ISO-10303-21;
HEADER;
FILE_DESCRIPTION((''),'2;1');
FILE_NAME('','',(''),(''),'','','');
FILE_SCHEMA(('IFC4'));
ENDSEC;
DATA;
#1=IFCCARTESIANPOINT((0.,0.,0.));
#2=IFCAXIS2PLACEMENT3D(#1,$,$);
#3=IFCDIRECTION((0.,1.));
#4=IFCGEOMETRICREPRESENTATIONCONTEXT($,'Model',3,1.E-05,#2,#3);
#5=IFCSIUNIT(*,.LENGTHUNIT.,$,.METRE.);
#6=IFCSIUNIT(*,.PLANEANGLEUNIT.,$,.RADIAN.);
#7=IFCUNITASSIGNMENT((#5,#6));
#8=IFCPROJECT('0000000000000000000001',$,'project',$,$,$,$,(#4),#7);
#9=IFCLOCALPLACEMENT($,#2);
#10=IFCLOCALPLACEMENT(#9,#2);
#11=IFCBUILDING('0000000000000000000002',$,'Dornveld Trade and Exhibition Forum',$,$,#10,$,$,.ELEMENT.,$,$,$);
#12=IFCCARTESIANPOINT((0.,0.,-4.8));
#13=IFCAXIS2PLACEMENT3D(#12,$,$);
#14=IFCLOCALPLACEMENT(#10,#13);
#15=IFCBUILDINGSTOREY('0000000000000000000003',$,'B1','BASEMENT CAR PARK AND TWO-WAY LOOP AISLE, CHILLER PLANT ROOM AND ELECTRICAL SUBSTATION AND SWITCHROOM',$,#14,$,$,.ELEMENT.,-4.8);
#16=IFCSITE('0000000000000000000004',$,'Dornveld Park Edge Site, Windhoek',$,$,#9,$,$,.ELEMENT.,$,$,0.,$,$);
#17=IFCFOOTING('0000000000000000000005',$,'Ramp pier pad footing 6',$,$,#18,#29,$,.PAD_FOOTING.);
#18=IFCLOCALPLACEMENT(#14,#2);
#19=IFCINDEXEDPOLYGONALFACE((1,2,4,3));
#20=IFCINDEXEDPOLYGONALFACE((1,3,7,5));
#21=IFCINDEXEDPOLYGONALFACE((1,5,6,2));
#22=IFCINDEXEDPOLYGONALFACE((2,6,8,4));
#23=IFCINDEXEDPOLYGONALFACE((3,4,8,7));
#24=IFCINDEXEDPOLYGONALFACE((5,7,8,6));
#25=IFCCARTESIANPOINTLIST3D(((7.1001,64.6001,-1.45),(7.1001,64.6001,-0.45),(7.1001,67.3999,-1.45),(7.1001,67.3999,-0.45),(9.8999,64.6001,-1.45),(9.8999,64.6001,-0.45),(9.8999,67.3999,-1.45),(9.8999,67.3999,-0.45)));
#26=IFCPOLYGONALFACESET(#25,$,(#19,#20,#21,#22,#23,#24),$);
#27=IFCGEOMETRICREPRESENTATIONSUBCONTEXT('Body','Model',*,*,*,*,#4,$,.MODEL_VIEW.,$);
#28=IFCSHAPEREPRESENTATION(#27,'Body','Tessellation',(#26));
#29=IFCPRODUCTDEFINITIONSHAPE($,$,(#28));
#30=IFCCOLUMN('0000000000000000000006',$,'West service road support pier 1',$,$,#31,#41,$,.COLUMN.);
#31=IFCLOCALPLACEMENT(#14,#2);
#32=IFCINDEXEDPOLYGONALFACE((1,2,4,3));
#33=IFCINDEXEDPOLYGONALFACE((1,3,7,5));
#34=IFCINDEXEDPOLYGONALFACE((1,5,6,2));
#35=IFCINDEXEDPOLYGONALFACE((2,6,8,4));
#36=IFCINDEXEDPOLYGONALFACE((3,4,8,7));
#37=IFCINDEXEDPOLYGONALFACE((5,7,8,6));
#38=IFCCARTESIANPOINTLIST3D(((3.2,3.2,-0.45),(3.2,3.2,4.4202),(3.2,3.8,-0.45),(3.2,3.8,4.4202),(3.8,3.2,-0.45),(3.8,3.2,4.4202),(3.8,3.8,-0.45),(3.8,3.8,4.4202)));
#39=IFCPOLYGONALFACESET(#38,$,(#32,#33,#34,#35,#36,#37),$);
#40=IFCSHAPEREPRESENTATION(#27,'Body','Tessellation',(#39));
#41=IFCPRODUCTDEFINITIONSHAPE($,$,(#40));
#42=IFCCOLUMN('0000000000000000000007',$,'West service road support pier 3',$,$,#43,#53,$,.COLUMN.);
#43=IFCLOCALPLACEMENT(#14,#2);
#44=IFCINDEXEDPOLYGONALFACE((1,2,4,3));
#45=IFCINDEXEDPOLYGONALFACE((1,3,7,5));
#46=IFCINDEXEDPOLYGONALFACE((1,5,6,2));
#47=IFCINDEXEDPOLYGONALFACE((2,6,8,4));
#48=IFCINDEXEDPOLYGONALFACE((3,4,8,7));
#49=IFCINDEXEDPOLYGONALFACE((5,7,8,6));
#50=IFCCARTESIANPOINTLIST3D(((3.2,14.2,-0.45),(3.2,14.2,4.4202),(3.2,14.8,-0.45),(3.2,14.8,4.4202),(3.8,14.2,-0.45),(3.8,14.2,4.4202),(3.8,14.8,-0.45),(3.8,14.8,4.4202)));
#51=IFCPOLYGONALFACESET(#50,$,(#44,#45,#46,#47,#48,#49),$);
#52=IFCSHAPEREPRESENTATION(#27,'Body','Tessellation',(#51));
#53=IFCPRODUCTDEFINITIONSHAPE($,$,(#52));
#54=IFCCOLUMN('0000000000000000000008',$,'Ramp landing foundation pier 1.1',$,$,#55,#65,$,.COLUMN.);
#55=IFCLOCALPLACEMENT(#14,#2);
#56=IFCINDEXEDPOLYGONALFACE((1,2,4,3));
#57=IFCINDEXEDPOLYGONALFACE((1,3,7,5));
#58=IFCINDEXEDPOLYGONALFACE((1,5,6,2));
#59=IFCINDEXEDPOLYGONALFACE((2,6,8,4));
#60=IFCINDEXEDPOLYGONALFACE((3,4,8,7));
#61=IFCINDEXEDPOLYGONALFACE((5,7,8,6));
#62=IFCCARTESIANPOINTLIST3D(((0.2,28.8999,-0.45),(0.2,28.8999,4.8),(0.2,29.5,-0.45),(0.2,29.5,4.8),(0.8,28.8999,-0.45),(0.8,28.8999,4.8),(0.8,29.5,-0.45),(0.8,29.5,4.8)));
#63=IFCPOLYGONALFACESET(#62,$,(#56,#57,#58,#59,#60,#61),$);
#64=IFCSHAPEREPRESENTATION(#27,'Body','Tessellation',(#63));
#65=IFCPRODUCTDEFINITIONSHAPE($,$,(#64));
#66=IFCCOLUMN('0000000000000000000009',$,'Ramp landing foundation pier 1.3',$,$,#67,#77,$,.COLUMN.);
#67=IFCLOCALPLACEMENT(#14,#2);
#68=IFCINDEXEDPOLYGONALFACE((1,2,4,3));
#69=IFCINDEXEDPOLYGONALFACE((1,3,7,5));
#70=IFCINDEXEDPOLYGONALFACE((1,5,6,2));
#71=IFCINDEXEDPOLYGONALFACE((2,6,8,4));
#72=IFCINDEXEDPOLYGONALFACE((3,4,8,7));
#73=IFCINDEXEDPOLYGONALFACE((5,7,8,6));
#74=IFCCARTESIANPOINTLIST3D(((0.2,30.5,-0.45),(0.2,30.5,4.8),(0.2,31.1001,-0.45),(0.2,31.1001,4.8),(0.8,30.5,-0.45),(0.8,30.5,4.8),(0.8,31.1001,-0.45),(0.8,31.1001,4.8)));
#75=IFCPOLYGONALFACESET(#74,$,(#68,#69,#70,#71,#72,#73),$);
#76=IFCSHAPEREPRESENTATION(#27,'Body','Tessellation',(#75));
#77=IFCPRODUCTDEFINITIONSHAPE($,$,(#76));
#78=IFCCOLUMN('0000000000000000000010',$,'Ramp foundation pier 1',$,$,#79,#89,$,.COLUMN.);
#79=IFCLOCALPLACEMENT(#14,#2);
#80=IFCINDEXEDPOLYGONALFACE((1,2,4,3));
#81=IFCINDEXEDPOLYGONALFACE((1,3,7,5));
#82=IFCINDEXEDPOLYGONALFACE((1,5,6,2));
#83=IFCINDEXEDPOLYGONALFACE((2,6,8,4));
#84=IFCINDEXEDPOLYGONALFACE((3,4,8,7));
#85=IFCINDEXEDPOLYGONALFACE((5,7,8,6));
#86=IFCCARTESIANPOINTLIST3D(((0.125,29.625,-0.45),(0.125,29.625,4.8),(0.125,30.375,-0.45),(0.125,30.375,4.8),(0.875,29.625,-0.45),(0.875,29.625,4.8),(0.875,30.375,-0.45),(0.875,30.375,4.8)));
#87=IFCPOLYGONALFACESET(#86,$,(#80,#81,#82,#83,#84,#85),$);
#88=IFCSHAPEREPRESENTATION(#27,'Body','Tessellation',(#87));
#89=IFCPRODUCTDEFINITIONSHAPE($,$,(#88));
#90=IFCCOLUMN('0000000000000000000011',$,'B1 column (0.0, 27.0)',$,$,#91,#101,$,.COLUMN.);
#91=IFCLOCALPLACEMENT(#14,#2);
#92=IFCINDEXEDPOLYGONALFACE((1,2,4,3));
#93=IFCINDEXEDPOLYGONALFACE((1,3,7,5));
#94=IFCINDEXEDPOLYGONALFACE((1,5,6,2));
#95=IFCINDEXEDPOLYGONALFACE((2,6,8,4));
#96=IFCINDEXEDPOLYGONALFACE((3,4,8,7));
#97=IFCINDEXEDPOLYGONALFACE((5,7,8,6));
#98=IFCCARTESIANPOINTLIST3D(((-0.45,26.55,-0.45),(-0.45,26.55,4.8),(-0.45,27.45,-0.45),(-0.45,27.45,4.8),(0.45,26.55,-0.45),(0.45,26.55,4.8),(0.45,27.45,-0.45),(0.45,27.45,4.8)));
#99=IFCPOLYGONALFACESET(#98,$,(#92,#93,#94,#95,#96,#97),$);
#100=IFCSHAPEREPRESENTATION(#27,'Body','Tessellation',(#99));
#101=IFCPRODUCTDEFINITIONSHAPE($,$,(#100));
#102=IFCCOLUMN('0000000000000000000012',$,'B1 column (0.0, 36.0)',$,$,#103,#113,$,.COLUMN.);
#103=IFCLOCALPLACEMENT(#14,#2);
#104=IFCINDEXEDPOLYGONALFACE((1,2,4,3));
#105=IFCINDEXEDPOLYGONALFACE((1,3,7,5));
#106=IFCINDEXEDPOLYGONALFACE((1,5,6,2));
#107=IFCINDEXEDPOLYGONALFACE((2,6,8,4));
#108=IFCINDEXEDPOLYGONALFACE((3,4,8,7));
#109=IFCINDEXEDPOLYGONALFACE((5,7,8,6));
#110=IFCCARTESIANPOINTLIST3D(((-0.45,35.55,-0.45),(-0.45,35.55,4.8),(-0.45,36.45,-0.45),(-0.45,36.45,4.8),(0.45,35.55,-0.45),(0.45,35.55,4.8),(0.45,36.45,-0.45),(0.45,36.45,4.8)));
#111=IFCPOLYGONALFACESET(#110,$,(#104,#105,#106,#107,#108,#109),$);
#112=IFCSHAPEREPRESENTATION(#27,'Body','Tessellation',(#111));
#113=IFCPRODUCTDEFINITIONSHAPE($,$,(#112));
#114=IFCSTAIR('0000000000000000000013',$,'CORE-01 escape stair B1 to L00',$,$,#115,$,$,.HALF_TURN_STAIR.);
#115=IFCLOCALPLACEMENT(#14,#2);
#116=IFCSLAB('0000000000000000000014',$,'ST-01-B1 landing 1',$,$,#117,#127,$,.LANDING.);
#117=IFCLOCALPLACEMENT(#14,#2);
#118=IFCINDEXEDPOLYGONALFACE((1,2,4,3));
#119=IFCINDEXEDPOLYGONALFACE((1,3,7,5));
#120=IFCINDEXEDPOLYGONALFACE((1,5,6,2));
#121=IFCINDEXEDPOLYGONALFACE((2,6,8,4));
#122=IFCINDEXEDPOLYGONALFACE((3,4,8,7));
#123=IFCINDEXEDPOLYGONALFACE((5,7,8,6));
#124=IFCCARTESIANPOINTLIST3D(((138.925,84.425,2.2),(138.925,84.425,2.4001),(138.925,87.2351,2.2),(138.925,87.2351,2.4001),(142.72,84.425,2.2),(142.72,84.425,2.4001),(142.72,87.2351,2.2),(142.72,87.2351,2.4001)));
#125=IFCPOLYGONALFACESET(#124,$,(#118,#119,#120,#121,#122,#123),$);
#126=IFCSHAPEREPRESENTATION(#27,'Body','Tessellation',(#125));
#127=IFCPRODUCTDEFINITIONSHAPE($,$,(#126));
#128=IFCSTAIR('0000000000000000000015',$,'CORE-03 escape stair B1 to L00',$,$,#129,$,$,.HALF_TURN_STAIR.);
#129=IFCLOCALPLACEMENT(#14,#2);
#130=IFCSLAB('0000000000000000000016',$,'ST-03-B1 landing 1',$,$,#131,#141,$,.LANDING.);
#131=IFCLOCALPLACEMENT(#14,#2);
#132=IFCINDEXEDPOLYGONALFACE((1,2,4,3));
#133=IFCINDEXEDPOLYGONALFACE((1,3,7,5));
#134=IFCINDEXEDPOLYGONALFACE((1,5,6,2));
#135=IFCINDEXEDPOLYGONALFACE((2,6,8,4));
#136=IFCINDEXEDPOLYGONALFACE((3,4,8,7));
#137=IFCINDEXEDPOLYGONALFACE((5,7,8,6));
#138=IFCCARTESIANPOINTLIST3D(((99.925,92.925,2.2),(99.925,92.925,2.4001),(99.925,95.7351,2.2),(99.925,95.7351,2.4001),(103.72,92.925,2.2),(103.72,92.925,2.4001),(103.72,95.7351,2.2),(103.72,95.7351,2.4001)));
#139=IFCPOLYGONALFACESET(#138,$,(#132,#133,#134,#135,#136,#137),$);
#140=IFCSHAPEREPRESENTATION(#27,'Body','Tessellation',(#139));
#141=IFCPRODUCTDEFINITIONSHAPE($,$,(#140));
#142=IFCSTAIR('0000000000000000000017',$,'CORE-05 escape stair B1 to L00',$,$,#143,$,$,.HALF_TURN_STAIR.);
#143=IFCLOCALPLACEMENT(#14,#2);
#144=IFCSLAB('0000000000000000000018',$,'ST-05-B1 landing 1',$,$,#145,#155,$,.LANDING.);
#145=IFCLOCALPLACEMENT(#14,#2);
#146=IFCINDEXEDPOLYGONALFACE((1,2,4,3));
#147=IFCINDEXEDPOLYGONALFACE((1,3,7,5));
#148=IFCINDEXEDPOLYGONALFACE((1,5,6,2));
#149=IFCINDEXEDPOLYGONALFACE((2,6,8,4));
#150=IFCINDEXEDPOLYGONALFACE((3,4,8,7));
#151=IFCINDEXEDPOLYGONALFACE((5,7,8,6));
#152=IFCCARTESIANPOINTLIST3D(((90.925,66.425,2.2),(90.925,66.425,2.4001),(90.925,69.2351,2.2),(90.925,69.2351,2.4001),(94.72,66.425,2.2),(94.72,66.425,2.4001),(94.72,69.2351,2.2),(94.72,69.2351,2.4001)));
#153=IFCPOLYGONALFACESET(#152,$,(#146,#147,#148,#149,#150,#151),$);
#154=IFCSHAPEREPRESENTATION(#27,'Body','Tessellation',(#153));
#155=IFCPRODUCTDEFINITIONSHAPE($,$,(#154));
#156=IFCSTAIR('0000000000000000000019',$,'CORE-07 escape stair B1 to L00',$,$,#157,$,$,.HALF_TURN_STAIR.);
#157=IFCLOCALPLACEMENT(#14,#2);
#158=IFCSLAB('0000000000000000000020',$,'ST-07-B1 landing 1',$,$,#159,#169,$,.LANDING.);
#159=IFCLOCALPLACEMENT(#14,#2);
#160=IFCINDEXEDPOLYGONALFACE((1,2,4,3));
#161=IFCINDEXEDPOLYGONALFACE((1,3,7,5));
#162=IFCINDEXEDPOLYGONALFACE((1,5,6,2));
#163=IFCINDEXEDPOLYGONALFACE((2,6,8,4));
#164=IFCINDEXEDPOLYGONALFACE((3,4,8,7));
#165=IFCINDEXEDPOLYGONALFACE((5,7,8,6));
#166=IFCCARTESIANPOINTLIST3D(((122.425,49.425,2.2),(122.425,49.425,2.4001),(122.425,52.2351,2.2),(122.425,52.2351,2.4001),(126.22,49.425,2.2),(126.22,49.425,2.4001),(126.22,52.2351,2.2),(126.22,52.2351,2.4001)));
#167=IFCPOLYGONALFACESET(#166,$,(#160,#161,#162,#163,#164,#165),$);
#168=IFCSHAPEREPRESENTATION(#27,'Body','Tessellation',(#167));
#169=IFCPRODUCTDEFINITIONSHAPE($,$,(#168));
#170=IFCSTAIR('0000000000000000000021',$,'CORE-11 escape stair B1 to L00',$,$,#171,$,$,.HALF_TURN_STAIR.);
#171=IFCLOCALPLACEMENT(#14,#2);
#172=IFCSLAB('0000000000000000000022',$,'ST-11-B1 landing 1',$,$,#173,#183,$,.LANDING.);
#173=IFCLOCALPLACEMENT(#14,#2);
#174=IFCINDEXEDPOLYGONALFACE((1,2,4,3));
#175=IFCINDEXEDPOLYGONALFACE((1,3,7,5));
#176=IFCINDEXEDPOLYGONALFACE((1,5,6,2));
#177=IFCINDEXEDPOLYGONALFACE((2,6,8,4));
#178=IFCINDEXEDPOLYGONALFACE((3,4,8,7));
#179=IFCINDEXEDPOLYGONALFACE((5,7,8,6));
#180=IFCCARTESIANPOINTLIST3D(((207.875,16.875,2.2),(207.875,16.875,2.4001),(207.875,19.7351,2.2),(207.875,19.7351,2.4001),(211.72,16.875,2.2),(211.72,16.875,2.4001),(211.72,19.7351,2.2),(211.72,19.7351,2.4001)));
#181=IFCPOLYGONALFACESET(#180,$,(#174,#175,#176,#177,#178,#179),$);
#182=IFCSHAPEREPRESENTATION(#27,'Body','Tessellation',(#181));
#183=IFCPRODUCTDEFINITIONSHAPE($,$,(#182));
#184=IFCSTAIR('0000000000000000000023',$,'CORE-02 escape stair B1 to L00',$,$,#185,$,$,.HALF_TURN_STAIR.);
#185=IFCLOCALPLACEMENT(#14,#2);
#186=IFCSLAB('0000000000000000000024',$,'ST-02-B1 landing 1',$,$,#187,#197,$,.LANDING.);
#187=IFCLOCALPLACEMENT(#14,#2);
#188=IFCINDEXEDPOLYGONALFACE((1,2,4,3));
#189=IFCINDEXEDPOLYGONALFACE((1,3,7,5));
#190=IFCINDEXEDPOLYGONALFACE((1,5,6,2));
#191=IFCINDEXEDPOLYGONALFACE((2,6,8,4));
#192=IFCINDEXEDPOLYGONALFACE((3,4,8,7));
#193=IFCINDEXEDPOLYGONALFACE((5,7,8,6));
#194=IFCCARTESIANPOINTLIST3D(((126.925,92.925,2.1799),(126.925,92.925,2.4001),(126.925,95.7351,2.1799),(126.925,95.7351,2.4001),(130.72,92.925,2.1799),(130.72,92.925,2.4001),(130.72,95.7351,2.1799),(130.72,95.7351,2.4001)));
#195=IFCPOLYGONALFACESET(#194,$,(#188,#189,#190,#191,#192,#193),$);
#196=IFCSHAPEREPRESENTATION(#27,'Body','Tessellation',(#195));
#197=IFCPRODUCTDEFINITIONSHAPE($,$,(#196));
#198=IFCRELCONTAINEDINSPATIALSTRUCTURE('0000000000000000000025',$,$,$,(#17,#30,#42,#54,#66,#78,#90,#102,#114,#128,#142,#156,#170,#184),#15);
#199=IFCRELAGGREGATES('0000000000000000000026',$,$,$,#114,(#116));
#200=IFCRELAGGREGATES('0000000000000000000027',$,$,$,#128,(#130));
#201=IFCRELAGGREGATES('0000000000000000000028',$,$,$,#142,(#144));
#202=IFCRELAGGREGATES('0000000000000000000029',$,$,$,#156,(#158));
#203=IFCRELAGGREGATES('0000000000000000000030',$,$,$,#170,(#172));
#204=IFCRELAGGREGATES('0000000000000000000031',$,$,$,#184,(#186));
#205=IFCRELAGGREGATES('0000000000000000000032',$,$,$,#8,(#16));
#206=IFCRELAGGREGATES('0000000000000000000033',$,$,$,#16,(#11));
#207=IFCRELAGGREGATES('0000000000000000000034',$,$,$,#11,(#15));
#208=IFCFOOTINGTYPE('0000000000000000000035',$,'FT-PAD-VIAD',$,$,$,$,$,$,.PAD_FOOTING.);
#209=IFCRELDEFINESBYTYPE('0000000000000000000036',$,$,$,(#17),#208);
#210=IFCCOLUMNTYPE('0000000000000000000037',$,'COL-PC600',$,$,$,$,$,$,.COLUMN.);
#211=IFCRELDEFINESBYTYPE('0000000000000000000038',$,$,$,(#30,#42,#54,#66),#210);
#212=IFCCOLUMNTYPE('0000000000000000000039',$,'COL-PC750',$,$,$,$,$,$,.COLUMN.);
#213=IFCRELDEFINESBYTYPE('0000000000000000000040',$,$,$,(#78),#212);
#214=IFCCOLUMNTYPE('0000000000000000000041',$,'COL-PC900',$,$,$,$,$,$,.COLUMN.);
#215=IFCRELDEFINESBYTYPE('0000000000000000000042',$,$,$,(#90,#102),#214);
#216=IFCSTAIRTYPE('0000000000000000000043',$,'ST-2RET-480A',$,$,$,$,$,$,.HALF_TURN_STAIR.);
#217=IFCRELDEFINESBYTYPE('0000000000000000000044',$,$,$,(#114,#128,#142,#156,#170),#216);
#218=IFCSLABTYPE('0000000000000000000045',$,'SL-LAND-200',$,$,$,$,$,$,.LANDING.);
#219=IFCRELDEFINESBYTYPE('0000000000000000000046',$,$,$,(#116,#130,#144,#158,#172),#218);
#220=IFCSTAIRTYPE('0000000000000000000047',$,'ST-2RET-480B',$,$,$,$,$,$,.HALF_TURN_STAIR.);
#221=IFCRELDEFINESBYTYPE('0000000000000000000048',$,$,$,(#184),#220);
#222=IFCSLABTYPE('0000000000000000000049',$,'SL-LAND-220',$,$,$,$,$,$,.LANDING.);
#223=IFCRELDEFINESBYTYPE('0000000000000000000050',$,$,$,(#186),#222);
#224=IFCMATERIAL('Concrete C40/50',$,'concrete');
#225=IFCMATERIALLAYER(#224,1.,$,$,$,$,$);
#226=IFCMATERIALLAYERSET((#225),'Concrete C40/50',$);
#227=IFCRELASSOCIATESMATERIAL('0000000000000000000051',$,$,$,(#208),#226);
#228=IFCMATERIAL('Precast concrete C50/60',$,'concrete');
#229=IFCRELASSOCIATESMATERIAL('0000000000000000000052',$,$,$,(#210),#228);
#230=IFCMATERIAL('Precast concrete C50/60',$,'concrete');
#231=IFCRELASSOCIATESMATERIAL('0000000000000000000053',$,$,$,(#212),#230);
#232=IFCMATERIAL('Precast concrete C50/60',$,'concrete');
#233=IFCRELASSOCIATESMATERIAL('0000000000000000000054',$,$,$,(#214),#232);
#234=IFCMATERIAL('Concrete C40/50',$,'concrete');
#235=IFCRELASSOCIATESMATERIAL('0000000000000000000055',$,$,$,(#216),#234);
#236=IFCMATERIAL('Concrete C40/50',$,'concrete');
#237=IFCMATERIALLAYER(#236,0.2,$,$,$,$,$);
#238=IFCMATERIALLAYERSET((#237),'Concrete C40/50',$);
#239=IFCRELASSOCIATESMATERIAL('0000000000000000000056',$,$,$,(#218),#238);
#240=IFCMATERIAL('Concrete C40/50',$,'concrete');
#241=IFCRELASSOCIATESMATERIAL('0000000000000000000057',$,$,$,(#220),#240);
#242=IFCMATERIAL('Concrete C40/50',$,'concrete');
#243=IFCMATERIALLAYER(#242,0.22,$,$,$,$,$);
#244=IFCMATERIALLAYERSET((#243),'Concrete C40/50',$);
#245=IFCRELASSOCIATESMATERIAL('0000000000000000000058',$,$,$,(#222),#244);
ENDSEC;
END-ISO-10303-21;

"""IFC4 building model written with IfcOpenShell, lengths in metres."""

from ifc_helpers import new_model, si_unit, direction, frame, origin, origin_2d, place, context, subcontext, project, spatial, polyline, rectangle, outline, extrude, material, layer, layer_set, material_profile, profile_set, type_object, element, aggregate, save


model = new_model("IFC4")

# Units and contexts
model_context = context("Model", 3, precision=1e-05, world=origin(), true_north=direction((0.0, 1.0)))
body_context = subcontext(model_context, "Body", "Model", "MODEL_VIEW")
ifc_project = project(units=[si_unit("LENGTHUNIT", "METRE"), si_unit("PLANEANGLEUNIT", "RADIAN")], contexts=[model_context])

# Site, building, storey
site_placement = place(None, origin())
site = spatial("IfcSite", under=ifc_project, at=site_placement, Name="Dornveld Park Edge Site, Windhoek", CompositionType="ELEMENT", RefElevation=0.0)
building_placement = place(site_placement, origin())
building = spatial("IfcBuilding", under=site, at=building_placement, Name="Dornveld Trade and Exhibition Forum", CompositionType="ELEMENT")
storey_placement = place(building_placement, frame((0.0, 0.0, -4.8)))
storey = spatial("IfcBuildingStorey", under=building, at=storey_placement, Name="B1", Description="BASEMENT CAR PARK AND TWO-WAY LOOP AISLE, CHILLER PLANT ROOM AND ELECTRICAL SUBSTATION AND SWITCHROOM", CompositionType="ELEMENT", Elevation=-4.8)

# Footing
ifc_material_1 = material(Name="Concrete C40/50", Category="concrete")
ifc_layer_1 = layer(ifc_material_1, 1.0)
ifc_layer_set_1 = layer_set([ifc_layer_1], Name="Concrete C40/50")
footing_type_1 = type_object("IfcFootingType", Name="FT-PAD-VIAD", PredefinedType="PAD_FOOTING", material=ifc_layer_set_1)
footing_1_placement = place(storey_placement, frame((0.0, 0.0, -1.45)))
element("IfcFooting", 1, at=footing_1_placement, inside=storey, type_object=footing_type_1, Name="Ramp pier pad footing 6", PredefinedType="PAD_FOOTING", context=body_context, shape_type="SweptSolid", body=[
    extrude(outline(polyline([(7.1001, 64.6001), (9.8999, 64.6001), (9.8999, 67.3999), (7.1001, 67.3999), (7.1001, 64.6001)])), origin(), (0.0, 0.0, 1.0), 1.0),
])

# Columns
ifc_material_2 = material(Name="Precast concrete C50/60", Category="concrete")
ifc_material_profile_1 = material_profile(ifc_material_2, rectangle(XDim=0.6001, YDim=0.6001, at=origin_2d()), Name="PC-COL 600x600")
ifc_profile_set_1 = profile_set([ifc_material_profile_1], Name="Precast concrete C50/60")
column_type_1 = type_object("IfcColumnType", Name="COL-PC600", PredefinedType="COLUMN", material=ifc_profile_set_1)
for number, where, z_axis, x_axis, name in (
    (2, (3.5, 3.5, -0.45), (0.0, 0.0, 1.0), (1.0, 0.0, 0.0), "West service road support pier 1"),
    (3, (3.5, 14.5, -0.45), (0.0, 0.0, 1.0), (1.0, 0.0, 0.0), "West service road support pier 3"),
):
    element("IfcColumn", number, at=place(storey_placement, frame(where, z_axis=z_axis, x_axis=x_axis)), inside=storey, type_object=column_type_1, Name=name, PredefinedType="COLUMN", context=body_context, shape_type="SweptSolid", body=[
        extrude(rectangle(XDim=0.6001, YDim=0.6001, at=origin_2d()), origin(), (0.0, 0.0, 1.0), 4.8701),
    ])
for number, where, z_axis, x_axis, name in (
    (4, (0.5, 29.2, -0.45), (0.0, 0.0, 1.0), (1.0, 0.0, 0.0), "Ramp landing foundation pier 1.1"),
    (5, (0.5, 30.8, -0.45), (0.0, 0.0, 1.0), (1.0, 0.0, 0.0), "Ramp landing foundation pier 1.3"),
):
    element("IfcColumn", number, at=place(storey_placement, frame(where, z_axis=z_axis, x_axis=x_axis)), inside=storey, type_object=column_type_1, Name=name, PredefinedType="COLUMN", context=body_context, shape_type="SweptSolid", body=[
        extrude(rectangle(XDim=0.6001, YDim=0.6001, at=origin_2d()), origin(), (0.0, 0.0, 1.0), 5.25),
    ])
ifc_material_3 = material(Name="Precast concrete C50/60", Category="concrete")
ifc_material_profile_2 = material_profile(ifc_material_3, rectangle(XDim=0.75, YDim=0.75, at=origin_2d()), Name="PC-COL 750x750")
ifc_profile_set_2 = profile_set([ifc_material_profile_2], Name="Precast concrete C50/60")
column_type_2 = type_object("IfcColumnType", Name="COL-PC750", PredefinedType="COLUMN", material=ifc_profile_set_2)
column_placement = place(storey_placement, frame((0.5, 30.0, -0.45), z_axis=(0.0, 0.0, 1.0), x_axis=(1.0, 0.0, 0.0)))
element("IfcColumn", 6, at=column_placement, inside=storey, type_object=column_type_2, Name="Ramp foundation pier 1", PredefinedType="COLUMN", context=body_context, shape_type="SweptSolid", body=[
    extrude(rectangle(XDim=0.75, YDim=0.75, at=origin_2d()), origin(), (0.0, 0.0, 1.0), 5.25),
])
ifc_material_4 = material(Name="Precast concrete C50/60", Category="concrete")
ifc_material_profile_3 = material_profile(ifc_material_4, rectangle(XDim=0.8999, YDim=0.8999, at=origin_2d()), Name="PC-COL 900x900")
ifc_profile_set_3 = profile_set([ifc_material_profile_3], Name="Precast concrete C50/60")
column_type_3 = type_object("IfcColumnType", Name="COL-PC900", PredefinedType="COLUMN", material=ifc_profile_set_3)
for number, where, z_axis, x_axis, name in (
    (7, (0.0, 27.0, -0.45), (0.0, 0.0, 1.0), (1.0, 0.0, 0.0), "B1 column (0.0, 27.0)"),
    (8, (0.0, 36.0, -0.45), (0.0, 0.0, 1.0), (1.0, 0.0, 0.0), "B1 column (0.0, 36.0)"),
):
    element("IfcColumn", number, at=place(storey_placement, frame(where, z_axis=z_axis, x_axis=x_axis)), inside=storey, type_object=column_type_3, Name=name, PredefinedType="COLUMN", context=body_context, shape_type="SweptSolid", body=[
        extrude(rectangle(XDim=0.8999, YDim=0.8999, at=origin_2d()), origin(), (0.0, 0.0, 1.0), 5.25),
    ])

# Stairs, slabs
ifc_material_5 = material(Name="Concrete C40/50", Category="concrete")
stair_type_1 = type_object("IfcStairType", Name="ST-2RET-480A", PredefinedType="HALF_TURN_STAIR", material=ifc_material_5)
stair_1_placement = place(storey_placement, origin())
stair_1 = element("IfcStair", 9, at=stair_1_placement, inside=storey, type_object=stair_type_1, Name="CORE-01 escape stair B1 to L00", PredefinedType="HALF_TURN_STAIR")
ifc_material_6 = material(Name="Concrete C40/50", Category="concrete")
ifc_layer_2 = layer(ifc_material_6, 0.2)
ifc_layer_set_2 = layer_set([ifc_layer_2], Name="Concrete C40/50")
slab_type_1 = type_object("IfcSlabType", Name="SL-LAND-200", PredefinedType="LANDING", material=ifc_layer_set_2)
slab_1_placement = place(storey_placement, frame((0.0, 0.0, 2.2)))
slab_1 = element("IfcSlab", 10, at=slab_1_placement, type_object=slab_type_1, Name="ST-01-B1 landing 1", PredefinedType="LANDING", context=body_context, shape_type="SweptSolid", body=[
    extrude(outline(polyline([(138.925, 84.425), (142.72, 84.425), (142.72, 87.2351), (138.925, 87.2351), (138.925, 84.425)])), origin(), (0.0, 0.0, 1.0), 0.2002),
])
aggregate(stair_1, [slab_1])
stair_2_placement = place(storey_placement, origin())
stair_2 = element("IfcStair", 11, at=stair_2_placement, inside=storey, type_object=stair_type_1, Name="CORE-03 escape stair B1 to L00", PredefinedType="HALF_TURN_STAIR")
slab_2_placement = place(storey_placement, frame((0.0, 0.0, 2.2)))
slab_2 = element("IfcSlab", 12, at=slab_2_placement, type_object=slab_type_1, Name="ST-03-B1 landing 1", PredefinedType="LANDING", context=body_context, shape_type="SweptSolid", body=[
    extrude(outline(polyline([(99.925, 92.925), (103.72, 92.925), (103.72, 95.7351), (99.925, 95.7351), (99.925, 92.925)])), origin(), (0.0, 0.0, 1.0), 0.2002),
])
aggregate(stair_2, [slab_2])
stair_3_placement = place(storey_placement, origin())
stair_3 = element("IfcStair", 13, at=stair_3_placement, inside=storey, type_object=stair_type_1, Name="CORE-05 escape stair B1 to L00", PredefinedType="HALF_TURN_STAIR")
slab_3_placement = place(storey_placement, frame((0.0, 0.0, 2.2)))
slab_3 = element("IfcSlab", 14, at=slab_3_placement, type_object=slab_type_1, Name="ST-05-B1 landing 1", PredefinedType="LANDING", context=body_context, shape_type="SweptSolid", body=[
    extrude(outline(polyline([(90.925, 66.425), (94.72, 66.425), (94.72, 69.2351), (90.925, 69.2351), (90.925, 66.425)])), origin(), (0.0, 0.0, 1.0), 0.2002),
])
aggregate(stair_3, [slab_3])
stair_4_placement = place(storey_placement, origin())
stair_4 = element("IfcStair", 15, at=stair_4_placement, inside=storey, type_object=stair_type_1, Name="CORE-07 escape stair B1 to L00", PredefinedType="HALF_TURN_STAIR")
slab_4_placement = place(storey_placement, frame((0.0, 0.0, 2.2)))
slab_4 = element("IfcSlab", 16, at=slab_4_placement, type_object=slab_type_1, Name="ST-07-B1 landing 1", PredefinedType="LANDING", context=body_context, shape_type="SweptSolid", body=[
    extrude(outline(polyline([(122.425, 49.425), (126.22, 49.425), (126.22, 52.2351), (122.425, 52.2351), (122.425, 49.425)])), origin(), (0.0, 0.0, 1.0), 0.2002),
])
aggregate(stair_4, [slab_4])
stair_5_placement = place(storey_placement, origin())
stair_5 = element("IfcStair", 17, at=stair_5_placement, inside=storey, type_object=stair_type_1, Name="CORE-11 escape stair B1 to L00", PredefinedType="HALF_TURN_STAIR")
slab_5_placement = place(storey_placement, frame((0.0, 0.0, 2.2)))
slab_5 = element("IfcSlab", 18, at=slab_5_placement, type_object=slab_type_1, Name="ST-11-B1 landing 1", PredefinedType="LANDING", context=body_context, shape_type="SweptSolid", body=[
    extrude(outline(polyline([(207.875, 16.875), (211.72, 16.875), (211.72, 19.7351), (207.875, 19.7351), (207.875, 16.875)])), origin(), (0.0, 0.0, 1.0), 0.2002),
])
aggregate(stair_5, [slab_5])
ifc_material_7 = material(Name="Concrete C40/50", Category="concrete")
stair_type_2 = type_object("IfcStairType", Name="ST-2RET-480B", PredefinedType="HALF_TURN_STAIR", material=ifc_material_7)
stair_6_placement = place(storey_placement, origin())
stair_6 = element("IfcStair", 19, at=stair_6_placement, inside=storey, type_object=stair_type_2, Name="CORE-02 escape stair B1 to L00", PredefinedType="HALF_TURN_STAIR")
ifc_material_8 = material(Name="Concrete C40/50", Category="concrete")
ifc_layer_3 = layer(ifc_material_8, 0.22)
ifc_layer_set_3 = layer_set([ifc_layer_3], Name="Concrete C40/50")
slab_type_2 = type_object("IfcSlabType", Name="SL-LAND-220", PredefinedType="LANDING", material=ifc_layer_set_3)
slab_6_placement = place(storey_placement, frame((0.0, 0.0, 2.1799)))
slab_6 = element("IfcSlab", 20, at=slab_6_placement, type_object=slab_type_2, Name="ST-02-B1 landing 1", PredefinedType="LANDING", context=body_context, shape_type="SweptSolid", body=[
    extrude(outline(polyline([(126.925, 92.925), (130.72, 92.925), (130.72, 95.7351), (126.925, 95.7351), (126.925, 92.925)])), origin(), (0.0, 0.0, 1.0), 0.2202),
])
aggregate(stair_6, [slab_6])

save(model, "model.ifc")
